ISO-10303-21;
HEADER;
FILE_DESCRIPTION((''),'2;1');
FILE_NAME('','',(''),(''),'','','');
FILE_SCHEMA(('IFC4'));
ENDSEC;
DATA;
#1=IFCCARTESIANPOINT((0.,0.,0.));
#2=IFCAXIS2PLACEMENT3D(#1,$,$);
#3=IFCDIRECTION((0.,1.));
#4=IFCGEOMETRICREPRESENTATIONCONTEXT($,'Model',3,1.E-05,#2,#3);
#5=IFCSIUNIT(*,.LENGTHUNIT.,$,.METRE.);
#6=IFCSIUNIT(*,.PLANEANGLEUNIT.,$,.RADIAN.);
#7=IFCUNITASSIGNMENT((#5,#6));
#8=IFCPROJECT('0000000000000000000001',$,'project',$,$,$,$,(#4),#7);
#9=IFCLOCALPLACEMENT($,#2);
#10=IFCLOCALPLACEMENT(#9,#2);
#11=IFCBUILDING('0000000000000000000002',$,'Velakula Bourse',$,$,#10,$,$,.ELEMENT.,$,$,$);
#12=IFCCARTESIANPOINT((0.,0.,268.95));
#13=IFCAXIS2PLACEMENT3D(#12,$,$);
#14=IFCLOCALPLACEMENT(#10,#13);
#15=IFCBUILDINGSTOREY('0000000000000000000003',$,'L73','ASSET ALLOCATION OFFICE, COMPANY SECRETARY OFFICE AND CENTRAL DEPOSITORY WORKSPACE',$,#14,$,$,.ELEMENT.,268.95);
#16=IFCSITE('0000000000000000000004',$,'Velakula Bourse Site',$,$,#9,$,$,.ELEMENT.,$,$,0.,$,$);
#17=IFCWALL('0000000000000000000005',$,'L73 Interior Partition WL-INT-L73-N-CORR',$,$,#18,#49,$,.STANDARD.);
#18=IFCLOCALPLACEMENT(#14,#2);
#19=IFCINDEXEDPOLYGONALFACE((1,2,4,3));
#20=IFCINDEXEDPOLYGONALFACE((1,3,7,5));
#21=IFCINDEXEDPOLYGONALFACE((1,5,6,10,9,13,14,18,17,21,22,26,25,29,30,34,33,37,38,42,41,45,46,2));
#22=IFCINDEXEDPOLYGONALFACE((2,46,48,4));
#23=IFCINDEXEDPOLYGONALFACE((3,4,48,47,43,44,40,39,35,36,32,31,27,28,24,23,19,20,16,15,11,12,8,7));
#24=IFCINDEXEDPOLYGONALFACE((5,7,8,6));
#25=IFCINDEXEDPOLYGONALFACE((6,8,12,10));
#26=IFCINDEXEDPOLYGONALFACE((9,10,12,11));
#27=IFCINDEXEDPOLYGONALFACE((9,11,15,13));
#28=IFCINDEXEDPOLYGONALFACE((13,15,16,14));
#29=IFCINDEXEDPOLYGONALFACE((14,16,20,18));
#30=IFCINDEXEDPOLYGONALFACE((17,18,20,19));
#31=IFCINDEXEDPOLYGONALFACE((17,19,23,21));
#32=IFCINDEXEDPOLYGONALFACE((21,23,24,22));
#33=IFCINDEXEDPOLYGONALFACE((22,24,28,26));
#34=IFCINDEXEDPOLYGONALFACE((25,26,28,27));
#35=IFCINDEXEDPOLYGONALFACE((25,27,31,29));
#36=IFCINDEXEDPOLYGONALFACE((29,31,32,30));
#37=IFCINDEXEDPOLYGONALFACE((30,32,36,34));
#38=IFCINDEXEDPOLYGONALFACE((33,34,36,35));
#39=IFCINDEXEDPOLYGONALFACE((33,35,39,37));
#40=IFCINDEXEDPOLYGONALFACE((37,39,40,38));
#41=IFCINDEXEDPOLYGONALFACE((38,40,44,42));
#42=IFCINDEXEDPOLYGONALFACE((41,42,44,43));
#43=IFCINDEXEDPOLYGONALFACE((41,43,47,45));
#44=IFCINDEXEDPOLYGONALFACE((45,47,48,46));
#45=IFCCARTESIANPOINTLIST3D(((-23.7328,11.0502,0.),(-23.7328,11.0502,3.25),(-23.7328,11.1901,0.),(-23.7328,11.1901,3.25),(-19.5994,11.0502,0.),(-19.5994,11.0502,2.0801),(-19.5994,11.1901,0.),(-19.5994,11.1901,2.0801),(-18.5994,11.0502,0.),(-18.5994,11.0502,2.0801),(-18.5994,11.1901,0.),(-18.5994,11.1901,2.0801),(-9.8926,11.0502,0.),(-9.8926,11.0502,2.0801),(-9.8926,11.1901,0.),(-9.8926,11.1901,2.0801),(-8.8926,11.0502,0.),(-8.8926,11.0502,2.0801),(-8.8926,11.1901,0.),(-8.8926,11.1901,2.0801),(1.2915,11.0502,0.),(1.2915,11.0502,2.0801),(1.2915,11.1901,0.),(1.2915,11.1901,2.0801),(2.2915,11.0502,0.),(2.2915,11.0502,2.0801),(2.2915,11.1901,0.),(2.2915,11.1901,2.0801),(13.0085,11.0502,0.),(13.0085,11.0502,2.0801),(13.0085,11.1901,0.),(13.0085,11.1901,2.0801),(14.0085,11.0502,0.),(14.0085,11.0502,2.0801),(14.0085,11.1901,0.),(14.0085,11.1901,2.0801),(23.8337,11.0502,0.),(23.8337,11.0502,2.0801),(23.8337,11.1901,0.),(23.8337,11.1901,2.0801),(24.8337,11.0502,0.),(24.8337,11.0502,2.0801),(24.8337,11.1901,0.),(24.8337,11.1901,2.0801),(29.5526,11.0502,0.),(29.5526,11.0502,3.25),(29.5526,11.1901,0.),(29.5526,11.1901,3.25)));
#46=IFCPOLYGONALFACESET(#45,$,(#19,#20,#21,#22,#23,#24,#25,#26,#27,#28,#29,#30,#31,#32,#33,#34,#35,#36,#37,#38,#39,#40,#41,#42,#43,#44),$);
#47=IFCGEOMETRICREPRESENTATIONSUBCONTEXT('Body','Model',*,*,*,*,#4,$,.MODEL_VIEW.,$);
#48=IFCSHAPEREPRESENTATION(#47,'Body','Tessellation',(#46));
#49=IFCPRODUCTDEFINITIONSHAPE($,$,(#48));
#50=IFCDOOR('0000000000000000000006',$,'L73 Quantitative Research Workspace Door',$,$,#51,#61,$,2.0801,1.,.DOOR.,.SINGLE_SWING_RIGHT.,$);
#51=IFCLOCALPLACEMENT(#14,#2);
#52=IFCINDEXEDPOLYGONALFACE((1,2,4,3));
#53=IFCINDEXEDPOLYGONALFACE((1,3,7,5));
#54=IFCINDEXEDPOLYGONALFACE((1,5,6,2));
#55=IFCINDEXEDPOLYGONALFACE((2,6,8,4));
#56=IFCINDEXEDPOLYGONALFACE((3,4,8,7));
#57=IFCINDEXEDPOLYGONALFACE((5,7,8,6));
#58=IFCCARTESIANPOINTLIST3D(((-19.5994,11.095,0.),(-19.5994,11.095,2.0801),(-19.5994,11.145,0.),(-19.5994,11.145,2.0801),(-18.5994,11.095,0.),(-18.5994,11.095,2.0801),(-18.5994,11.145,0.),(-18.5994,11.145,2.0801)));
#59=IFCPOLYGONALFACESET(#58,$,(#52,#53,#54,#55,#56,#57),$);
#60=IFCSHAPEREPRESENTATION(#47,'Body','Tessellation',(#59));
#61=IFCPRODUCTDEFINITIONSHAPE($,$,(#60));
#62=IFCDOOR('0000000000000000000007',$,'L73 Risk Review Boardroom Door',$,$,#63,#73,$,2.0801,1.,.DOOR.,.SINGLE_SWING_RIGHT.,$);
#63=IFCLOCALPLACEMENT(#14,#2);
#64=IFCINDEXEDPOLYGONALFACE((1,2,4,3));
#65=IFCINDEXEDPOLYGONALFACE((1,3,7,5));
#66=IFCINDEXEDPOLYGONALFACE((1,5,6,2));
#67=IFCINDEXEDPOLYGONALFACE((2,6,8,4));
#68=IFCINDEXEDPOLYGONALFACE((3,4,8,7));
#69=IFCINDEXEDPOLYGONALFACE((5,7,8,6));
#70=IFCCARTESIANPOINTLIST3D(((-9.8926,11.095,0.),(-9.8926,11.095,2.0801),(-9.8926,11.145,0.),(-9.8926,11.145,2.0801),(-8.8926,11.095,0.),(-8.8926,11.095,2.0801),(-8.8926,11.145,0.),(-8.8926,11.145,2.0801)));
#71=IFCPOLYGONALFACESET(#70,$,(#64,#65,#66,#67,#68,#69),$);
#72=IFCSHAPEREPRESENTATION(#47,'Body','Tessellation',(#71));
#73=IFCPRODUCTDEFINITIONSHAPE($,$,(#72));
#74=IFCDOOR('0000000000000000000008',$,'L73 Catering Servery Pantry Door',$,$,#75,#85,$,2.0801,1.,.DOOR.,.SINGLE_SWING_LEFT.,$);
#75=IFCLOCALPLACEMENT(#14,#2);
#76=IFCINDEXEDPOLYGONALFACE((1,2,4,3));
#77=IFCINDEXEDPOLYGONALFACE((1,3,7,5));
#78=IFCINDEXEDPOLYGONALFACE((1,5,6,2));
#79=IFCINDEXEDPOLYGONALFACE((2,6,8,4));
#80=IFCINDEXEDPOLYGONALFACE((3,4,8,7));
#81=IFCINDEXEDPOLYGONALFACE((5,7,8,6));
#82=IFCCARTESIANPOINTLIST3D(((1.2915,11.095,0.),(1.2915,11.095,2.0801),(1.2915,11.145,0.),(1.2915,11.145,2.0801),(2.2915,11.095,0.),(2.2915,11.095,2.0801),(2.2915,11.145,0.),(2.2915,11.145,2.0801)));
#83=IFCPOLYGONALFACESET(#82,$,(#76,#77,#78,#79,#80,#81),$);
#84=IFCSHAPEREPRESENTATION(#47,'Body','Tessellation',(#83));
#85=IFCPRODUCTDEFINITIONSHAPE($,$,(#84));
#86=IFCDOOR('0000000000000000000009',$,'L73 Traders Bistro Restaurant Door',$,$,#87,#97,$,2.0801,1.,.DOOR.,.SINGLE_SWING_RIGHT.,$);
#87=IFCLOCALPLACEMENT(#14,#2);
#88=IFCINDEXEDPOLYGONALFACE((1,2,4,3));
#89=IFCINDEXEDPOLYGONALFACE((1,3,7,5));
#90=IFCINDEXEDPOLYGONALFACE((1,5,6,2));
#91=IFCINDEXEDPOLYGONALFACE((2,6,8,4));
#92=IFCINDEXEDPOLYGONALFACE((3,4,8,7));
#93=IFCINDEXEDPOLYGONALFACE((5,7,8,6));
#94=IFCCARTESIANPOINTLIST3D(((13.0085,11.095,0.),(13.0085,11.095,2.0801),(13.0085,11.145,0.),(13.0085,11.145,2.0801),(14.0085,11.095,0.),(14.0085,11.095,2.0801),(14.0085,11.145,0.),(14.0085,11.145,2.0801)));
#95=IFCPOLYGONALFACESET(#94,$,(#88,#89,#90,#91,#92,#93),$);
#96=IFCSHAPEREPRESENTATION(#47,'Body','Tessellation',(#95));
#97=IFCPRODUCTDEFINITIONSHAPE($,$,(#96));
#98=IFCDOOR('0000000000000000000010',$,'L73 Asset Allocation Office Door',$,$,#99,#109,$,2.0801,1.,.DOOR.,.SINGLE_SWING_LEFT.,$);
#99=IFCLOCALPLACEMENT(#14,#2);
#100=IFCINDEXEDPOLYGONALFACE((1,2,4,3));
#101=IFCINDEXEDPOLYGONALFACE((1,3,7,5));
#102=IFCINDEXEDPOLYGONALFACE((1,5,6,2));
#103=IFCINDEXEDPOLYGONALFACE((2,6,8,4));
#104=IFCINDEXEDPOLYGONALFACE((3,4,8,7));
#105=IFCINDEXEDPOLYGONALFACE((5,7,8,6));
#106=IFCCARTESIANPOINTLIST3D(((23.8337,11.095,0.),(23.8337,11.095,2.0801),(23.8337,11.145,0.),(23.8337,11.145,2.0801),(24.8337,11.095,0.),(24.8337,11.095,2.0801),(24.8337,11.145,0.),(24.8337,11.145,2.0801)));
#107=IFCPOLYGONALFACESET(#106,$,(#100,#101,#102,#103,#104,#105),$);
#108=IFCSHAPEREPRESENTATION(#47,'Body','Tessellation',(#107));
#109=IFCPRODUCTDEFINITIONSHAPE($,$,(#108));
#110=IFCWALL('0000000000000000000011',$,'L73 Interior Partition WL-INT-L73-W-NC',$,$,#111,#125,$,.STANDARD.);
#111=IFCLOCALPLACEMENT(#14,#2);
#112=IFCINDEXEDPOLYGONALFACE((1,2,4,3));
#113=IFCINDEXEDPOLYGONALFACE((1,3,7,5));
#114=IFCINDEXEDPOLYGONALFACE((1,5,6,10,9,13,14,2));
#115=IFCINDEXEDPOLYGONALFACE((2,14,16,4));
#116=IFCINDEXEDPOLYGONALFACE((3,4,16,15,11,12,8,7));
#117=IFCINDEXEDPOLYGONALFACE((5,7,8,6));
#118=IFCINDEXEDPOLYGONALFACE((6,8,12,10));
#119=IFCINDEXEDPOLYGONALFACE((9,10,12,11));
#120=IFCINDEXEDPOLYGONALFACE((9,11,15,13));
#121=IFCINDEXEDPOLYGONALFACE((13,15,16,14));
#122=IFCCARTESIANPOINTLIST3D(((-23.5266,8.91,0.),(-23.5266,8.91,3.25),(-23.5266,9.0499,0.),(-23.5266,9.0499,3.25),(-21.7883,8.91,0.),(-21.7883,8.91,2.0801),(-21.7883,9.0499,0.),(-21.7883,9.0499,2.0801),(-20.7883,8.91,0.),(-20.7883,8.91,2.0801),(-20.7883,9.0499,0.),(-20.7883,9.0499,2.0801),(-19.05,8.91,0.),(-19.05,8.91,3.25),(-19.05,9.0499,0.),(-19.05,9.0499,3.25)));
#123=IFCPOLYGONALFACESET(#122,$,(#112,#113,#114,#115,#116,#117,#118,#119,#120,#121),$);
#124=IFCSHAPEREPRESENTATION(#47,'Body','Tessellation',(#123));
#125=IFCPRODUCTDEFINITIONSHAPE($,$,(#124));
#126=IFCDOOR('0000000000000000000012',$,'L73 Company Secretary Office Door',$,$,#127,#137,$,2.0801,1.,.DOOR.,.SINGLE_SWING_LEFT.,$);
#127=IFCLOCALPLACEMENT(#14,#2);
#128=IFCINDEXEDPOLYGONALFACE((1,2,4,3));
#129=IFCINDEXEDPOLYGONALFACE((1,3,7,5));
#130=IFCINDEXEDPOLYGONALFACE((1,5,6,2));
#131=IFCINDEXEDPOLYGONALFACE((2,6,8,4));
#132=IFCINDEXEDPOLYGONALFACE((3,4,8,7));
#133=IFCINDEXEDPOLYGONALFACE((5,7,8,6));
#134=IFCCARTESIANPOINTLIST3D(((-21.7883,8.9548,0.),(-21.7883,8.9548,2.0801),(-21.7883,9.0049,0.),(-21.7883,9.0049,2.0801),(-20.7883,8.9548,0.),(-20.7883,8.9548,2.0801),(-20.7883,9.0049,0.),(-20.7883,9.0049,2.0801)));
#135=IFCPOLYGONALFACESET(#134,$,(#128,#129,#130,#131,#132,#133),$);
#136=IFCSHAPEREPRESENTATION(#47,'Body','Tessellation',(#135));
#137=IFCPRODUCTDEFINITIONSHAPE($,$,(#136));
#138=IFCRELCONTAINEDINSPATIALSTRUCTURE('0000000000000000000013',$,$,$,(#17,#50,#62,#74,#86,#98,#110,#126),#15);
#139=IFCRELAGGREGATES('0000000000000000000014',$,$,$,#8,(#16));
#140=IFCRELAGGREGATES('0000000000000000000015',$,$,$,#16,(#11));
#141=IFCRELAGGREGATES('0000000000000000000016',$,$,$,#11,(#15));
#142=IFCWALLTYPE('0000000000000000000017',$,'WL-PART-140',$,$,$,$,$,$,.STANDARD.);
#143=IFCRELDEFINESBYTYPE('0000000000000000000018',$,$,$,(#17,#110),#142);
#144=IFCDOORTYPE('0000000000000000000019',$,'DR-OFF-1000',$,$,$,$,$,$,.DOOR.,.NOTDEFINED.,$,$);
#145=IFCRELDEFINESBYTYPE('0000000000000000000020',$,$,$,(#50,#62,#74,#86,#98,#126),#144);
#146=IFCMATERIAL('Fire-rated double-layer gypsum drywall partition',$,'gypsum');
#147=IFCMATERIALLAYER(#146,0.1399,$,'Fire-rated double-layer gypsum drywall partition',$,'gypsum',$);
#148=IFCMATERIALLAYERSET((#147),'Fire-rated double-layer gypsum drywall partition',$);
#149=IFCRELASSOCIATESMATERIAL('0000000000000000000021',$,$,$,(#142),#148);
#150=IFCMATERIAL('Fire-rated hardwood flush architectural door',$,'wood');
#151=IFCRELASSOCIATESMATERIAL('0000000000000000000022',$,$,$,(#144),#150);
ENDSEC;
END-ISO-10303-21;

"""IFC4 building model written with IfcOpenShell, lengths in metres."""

from ifc_helpers import new_model, si_unit, direction, frame, frame_2d, origin, place, context, subcontext, project, spatial, rectangle, extrude, material, layer, layer_set, type_object, element, fill, save


model = new_model("IFC4")

# Units and contexts
model_context = context("Model", 3, precision=1e-05, world=origin(), true_north=direction((0.0, 1.0)))
body_context = subcontext(model_context, "Body", "Model", "MODEL_VIEW")
ifc_project = project(units=[si_unit("LENGTHUNIT", "METRE"), si_unit("PLANEANGLEUNIT", "RADIAN")], contexts=[model_context])

# Site, building, storey
site_placement = place(None, origin())
site = spatial("IfcSite", under=ifc_project, at=site_placement, Name="Velakula Bourse Site", CompositionType="ELEMENT", RefElevation=0.0)
building_placement = place(site_placement, origin())
building = spatial("IfcBuilding", under=site, at=building_placement, Name="Velakula Bourse", CompositionType="ELEMENT")
storey_placement = place(building_placement, frame((0.0, 0.0, 268.95)))
storey = spatial("IfcBuildingStorey", under=building, at=storey_placement, Name="L73", Description="ASSET ALLOCATION OFFICE, COMPANY SECRETARY OFFICE AND CENTRAL DEPOSITORY WORKSPACE", CompositionType="ELEMENT", Elevation=268.95)

# Shared definitions
ifc_material_1 = material(Name="Fire-rated hardwood flush architectural door", Category="wood")

# Wall, openings, doors
ifc_material_2 = material(Name="Fire-rated double-layer gypsum drywall partition", Category="gypsum")
ifc_layer_1 = layer(ifc_material_2, 0.1399, Name="Fire-rated double-layer gypsum drywall partition", Category="gypsum")
ifc_layer_set_1 = layer_set([ifc_layer_1], Name="Fire-rated double-layer gypsum drywall partition")
wall_type_1 = type_object("IfcWallType", Name="WL-PART-140", PredefinedType="STANDARD", material=ifc_layer_set_1)
wall_1_placement = place(storey_placement, frame((-23.7327, 11.1201, 0.0), z_axis=(0.0, 0.0, 1.0), x_axis=(1.0, 0.0, 0.0)))
wall_1 = element("IfcWall", 1, at=wall_1_placement, inside=storey, type_object=wall_type_1, Name="L73 Interior Partition WL-INT-L73-N-CORR", PredefinedType="STANDARD", context=body_context, shape_type="SweptSolid", body=[
    extrude(rectangle(XDim=53.2854, YDim=0.1399, at=frame_2d((26.6426, 0.0))), origin(), (0.0, 0.0, 1.0), 3.25),
])
opening_1_placement = place(wall_1_placement, frame((4.1333, 0.0, 0.0)))
opening_1 = element("IfcOpeningElement", 2, at=opening_1_placement, cuts=wall_1, PredefinedType="OPENING", context=body_context, shape_type="SweptSolid", body=[
    extrude(rectangle(XDim=1.0, YDim=2.0801, at=frame_2d((0.5, 1.04))), frame((0.0, 0.0798, 0.0), z_axis=(0.0, -1.0, 0.0), x_axis=(1.0, 0.0, 0.0)), (0.0, 0.0, 1.0), 0.1599),
])
opening_2_placement = place(wall_1_placement, frame((13.8401, 0.0, 0.0)))
opening_2 = element("IfcOpeningElement", 3, at=opening_2_placement, cuts=wall_1, PredefinedType="OPENING", context=body_context, shape_type="SweptSolid", body=[
    extrude(rectangle(XDim=1.0, YDim=2.0801, at=frame_2d((0.5, 1.04))), frame((0.0, 0.0798, 0.0), z_axis=(0.0, -1.0, 0.0), x_axis=(1.0, 0.0, 0.0)), (0.0, 0.0, 1.0), 0.1599),
])
opening_3_placement = place(wall_1_placement, frame((25.0242, 0.0, 0.0)))
opening_3 = element("IfcOpeningElement", 4, at=opening_3_placement, cuts=wall_1, PredefinedType="OPENING", context=body_context, shape_type="SweptSolid", body=[
    extrude(rectangle(XDim=1.0, YDim=2.0801, at=frame_2d((0.5, 1.04))), frame((0.0, 0.0798, 0.0), z_axis=(0.0, -1.0, 0.0), x_axis=(1.0, 0.0, 0.0)), (0.0, 0.0, 1.0), 0.1599),
])
opening_4_placement = place(wall_1_placement, frame((36.7412, 0.0, 0.0)))
opening_4 = element("IfcOpeningElement", 5, at=opening_4_placement, cuts=wall_1, PredefinedType="OPENING", context=body_context, shape_type="SweptSolid", body=[
    extrude(rectangle(XDim=1.0, YDim=2.0801, at=frame_2d((0.5, 1.04))), frame((0.0, 0.0798, 0.0), z_axis=(0.0, -1.0, 0.0), x_axis=(1.0, 0.0, 0.0)), (0.0, 0.0, 1.0), 0.1599),
])
opening_5_placement = place(wall_1_placement, frame((47.5664, 0.0, 0.0)))
opening_5 = element("IfcOpeningElement", 6, at=opening_5_placement, cuts=wall_1, PredefinedType="OPENING", context=body_context, shape_type="SweptSolid", body=[
    extrude(rectangle(XDim=1.0, YDim=2.0801, at=frame_2d((0.5, 1.04))), frame((0.0, 0.0798, 0.0), z_axis=(0.0, -1.0, 0.0), x_axis=(1.0, 0.0, 0.0)), (0.0, 0.0, 1.0), 0.1599),
])
door_type_1 = type_object("IfcDoorType", Name="DR-OFF-1000", OperationType="NOTDEFINED", PredefinedType="DOOR", material=ifc_material_1)
door_1_placement = place(opening_1_placement, origin())
door_1 = element("IfcDoor", 7, at=door_1_placement, inside=storey, type_object=door_type_1, Name="L73 Quantitative Research Workspace Door", OperationType="SINGLE_SWING_RIGHT", OverallHeight=2.0801, OverallWidth=1.0, PredefinedType="DOOR", context=body_context, shape_type="SweptSolid", body=[
    extrude(rectangle(XDim=1.0, YDim=2.0801, at=frame_2d((0.5, 1.04))), frame((0.0, 0.0249, 0.0), z_axis=(0.0, -1.0, 0.0), x_axis=(1.0, 0.0, 0.0)), (0.0, 0.0, 1.0), 0.05),
])
fill(opening_1, door_1)
door_2_placement = place(opening_2_placement, origin())
door_2 = element("IfcDoor", 8, at=door_2_placement, inside=storey, type_object=door_type_1, Name="L73 Risk Review Boardroom Door", OperationType="SINGLE_SWING_RIGHT", OverallHeight=2.0801, OverallWidth=1.0, PredefinedType="DOOR", context=body_context, shape_type="SweptSolid", body=[
    extrude(rectangle(XDim=1.0, YDim=2.0801, at=frame_2d((0.5, 1.04))), frame((0.0, 0.0249, 0.0), z_axis=(0.0, -1.0, 0.0), x_axis=(1.0, 0.0, 0.0)), (0.0, 0.0, 1.0), 0.05),
])
fill(opening_2, door_2)
door_3_placement = place(opening_3_placement, origin())
door_3 = element("IfcDoor", 9, at=door_3_placement, inside=storey, type_object=door_type_1, Name="L73 Catering Servery Pantry Door", OperationType="SINGLE_SWING_LEFT", OverallHeight=2.0801, OverallWidth=1.0, PredefinedType="DOOR", context=body_context, shape_type="SweptSolid", body=[
    extrude(rectangle(XDim=1.0, YDim=2.0801, at=frame_2d((0.5, 1.04))), frame((0.0, 0.0249, 0.0), z_axis=(0.0, -1.0, 0.0), x_axis=(1.0, 0.0, 0.0)), (0.0, 0.0, 1.0), 0.05),
])
fill(opening_3, door_3)
door_4_placement = place(opening_4_placement, origin())
door_4 = element("IfcDoor", 10, at=door_4_placement, inside=storey, type_object=door_type_1, Name="L73 Traders Bistro Restaurant Door", OperationType="SINGLE_SWING_RIGHT", OverallHeight=2.0801, OverallWidth=1.0, PredefinedType="DOOR", context=body_context, shape_type="SweptSolid", body=[
    extrude(rectangle(XDim=1.0, YDim=2.0801, at=frame_2d((0.5, 1.04))), frame((0.0, 0.0249, 0.0), z_axis=(0.0, -1.0, 0.0), x_axis=(1.0, 0.0, 0.0)), (0.0, 0.0, 1.0), 0.05),
])
fill(opening_4, door_4)
door_5_placement = place(opening_5_placement, origin())
door_5 = element("IfcDoor", 11, at=door_5_placement, inside=storey, type_object=door_type_1, Name="L73 Asset Allocation Office Door", OperationType="SINGLE_SWING_LEFT", OverallHeight=2.0801, OverallWidth=1.0, PredefinedType="DOOR", context=body_context, shape_type="SweptSolid", body=[
    extrude(rectangle(XDim=1.0, YDim=2.0801, at=frame_2d((0.5, 1.04))), frame((0.0, 0.0249, 0.0), z_axis=(0.0, -1.0, 0.0), x_axis=(1.0, 0.0, 0.0)), (0.0, 0.0, 1.0), 0.05),
])
fill(opening_5, door_5)

# Wall, opening, door
wall_2_placement = place(storey_placement, frame((-23.5266, 8.98, 0.0), z_axis=(0.0, 0.0, 1.0), x_axis=(1.0, 0.0, 0.0)))
wall_2 = element("IfcWall", 12, at=wall_2_placement, inside=storey, type_object=wall_type_1, Name="L73 Interior Partition WL-INT-L73-W-NC", PredefinedType="STANDARD", context=body_context, shape_type="SweptSolid", body=[
    extrude(rectangle(XDim=4.4766, YDim=0.1399, at=frame_2d((2.2383, 0.0))), origin(), (0.0, 0.0, 1.0), 3.25),
])
opening_6_placement = place(wall_2_placement, frame((1.7383, 0.0, 0.0)))
opening_6 = element("IfcOpeningElement", 13, at=opening_6_placement, cuts=wall_2, PredefinedType="OPENING", context=body_context, shape_type="SweptSolid", body=[
    extrude(rectangle(XDim=1.0, YDim=2.0801, at=frame_2d((0.5, 1.04))), frame((0.0, 0.0798, 0.0), z_axis=(0.0, -1.0, 0.0), x_axis=(1.0, 0.0, 0.0)), (0.0, 0.0, 1.0), 0.1599),
])
door_6_placement = place(opening_6_placement, origin())
door_6 = element("IfcDoor", 14, at=door_6_placement, inside=storey, type_object=door_type_1, Name="L73 Company Secretary Office Door", OperationType="SINGLE_SWING_LEFT", OverallHeight=2.0801, OverallWidth=1.0, PredefinedType="DOOR", context=body_context, shape_type="SweptSolid", body=[
    extrude(rectangle(XDim=1.0, YDim=2.0801, at=frame_2d((0.5, 1.04))), frame((0.0, 0.0249, 0.0), z_axis=(0.0, -1.0, 0.0), x_axis=(1.0, 0.0, 0.0)), (0.0, 0.0, 1.0), 0.05),
])
fill(opening_6, door_6)

save(model, "model.ifc")
